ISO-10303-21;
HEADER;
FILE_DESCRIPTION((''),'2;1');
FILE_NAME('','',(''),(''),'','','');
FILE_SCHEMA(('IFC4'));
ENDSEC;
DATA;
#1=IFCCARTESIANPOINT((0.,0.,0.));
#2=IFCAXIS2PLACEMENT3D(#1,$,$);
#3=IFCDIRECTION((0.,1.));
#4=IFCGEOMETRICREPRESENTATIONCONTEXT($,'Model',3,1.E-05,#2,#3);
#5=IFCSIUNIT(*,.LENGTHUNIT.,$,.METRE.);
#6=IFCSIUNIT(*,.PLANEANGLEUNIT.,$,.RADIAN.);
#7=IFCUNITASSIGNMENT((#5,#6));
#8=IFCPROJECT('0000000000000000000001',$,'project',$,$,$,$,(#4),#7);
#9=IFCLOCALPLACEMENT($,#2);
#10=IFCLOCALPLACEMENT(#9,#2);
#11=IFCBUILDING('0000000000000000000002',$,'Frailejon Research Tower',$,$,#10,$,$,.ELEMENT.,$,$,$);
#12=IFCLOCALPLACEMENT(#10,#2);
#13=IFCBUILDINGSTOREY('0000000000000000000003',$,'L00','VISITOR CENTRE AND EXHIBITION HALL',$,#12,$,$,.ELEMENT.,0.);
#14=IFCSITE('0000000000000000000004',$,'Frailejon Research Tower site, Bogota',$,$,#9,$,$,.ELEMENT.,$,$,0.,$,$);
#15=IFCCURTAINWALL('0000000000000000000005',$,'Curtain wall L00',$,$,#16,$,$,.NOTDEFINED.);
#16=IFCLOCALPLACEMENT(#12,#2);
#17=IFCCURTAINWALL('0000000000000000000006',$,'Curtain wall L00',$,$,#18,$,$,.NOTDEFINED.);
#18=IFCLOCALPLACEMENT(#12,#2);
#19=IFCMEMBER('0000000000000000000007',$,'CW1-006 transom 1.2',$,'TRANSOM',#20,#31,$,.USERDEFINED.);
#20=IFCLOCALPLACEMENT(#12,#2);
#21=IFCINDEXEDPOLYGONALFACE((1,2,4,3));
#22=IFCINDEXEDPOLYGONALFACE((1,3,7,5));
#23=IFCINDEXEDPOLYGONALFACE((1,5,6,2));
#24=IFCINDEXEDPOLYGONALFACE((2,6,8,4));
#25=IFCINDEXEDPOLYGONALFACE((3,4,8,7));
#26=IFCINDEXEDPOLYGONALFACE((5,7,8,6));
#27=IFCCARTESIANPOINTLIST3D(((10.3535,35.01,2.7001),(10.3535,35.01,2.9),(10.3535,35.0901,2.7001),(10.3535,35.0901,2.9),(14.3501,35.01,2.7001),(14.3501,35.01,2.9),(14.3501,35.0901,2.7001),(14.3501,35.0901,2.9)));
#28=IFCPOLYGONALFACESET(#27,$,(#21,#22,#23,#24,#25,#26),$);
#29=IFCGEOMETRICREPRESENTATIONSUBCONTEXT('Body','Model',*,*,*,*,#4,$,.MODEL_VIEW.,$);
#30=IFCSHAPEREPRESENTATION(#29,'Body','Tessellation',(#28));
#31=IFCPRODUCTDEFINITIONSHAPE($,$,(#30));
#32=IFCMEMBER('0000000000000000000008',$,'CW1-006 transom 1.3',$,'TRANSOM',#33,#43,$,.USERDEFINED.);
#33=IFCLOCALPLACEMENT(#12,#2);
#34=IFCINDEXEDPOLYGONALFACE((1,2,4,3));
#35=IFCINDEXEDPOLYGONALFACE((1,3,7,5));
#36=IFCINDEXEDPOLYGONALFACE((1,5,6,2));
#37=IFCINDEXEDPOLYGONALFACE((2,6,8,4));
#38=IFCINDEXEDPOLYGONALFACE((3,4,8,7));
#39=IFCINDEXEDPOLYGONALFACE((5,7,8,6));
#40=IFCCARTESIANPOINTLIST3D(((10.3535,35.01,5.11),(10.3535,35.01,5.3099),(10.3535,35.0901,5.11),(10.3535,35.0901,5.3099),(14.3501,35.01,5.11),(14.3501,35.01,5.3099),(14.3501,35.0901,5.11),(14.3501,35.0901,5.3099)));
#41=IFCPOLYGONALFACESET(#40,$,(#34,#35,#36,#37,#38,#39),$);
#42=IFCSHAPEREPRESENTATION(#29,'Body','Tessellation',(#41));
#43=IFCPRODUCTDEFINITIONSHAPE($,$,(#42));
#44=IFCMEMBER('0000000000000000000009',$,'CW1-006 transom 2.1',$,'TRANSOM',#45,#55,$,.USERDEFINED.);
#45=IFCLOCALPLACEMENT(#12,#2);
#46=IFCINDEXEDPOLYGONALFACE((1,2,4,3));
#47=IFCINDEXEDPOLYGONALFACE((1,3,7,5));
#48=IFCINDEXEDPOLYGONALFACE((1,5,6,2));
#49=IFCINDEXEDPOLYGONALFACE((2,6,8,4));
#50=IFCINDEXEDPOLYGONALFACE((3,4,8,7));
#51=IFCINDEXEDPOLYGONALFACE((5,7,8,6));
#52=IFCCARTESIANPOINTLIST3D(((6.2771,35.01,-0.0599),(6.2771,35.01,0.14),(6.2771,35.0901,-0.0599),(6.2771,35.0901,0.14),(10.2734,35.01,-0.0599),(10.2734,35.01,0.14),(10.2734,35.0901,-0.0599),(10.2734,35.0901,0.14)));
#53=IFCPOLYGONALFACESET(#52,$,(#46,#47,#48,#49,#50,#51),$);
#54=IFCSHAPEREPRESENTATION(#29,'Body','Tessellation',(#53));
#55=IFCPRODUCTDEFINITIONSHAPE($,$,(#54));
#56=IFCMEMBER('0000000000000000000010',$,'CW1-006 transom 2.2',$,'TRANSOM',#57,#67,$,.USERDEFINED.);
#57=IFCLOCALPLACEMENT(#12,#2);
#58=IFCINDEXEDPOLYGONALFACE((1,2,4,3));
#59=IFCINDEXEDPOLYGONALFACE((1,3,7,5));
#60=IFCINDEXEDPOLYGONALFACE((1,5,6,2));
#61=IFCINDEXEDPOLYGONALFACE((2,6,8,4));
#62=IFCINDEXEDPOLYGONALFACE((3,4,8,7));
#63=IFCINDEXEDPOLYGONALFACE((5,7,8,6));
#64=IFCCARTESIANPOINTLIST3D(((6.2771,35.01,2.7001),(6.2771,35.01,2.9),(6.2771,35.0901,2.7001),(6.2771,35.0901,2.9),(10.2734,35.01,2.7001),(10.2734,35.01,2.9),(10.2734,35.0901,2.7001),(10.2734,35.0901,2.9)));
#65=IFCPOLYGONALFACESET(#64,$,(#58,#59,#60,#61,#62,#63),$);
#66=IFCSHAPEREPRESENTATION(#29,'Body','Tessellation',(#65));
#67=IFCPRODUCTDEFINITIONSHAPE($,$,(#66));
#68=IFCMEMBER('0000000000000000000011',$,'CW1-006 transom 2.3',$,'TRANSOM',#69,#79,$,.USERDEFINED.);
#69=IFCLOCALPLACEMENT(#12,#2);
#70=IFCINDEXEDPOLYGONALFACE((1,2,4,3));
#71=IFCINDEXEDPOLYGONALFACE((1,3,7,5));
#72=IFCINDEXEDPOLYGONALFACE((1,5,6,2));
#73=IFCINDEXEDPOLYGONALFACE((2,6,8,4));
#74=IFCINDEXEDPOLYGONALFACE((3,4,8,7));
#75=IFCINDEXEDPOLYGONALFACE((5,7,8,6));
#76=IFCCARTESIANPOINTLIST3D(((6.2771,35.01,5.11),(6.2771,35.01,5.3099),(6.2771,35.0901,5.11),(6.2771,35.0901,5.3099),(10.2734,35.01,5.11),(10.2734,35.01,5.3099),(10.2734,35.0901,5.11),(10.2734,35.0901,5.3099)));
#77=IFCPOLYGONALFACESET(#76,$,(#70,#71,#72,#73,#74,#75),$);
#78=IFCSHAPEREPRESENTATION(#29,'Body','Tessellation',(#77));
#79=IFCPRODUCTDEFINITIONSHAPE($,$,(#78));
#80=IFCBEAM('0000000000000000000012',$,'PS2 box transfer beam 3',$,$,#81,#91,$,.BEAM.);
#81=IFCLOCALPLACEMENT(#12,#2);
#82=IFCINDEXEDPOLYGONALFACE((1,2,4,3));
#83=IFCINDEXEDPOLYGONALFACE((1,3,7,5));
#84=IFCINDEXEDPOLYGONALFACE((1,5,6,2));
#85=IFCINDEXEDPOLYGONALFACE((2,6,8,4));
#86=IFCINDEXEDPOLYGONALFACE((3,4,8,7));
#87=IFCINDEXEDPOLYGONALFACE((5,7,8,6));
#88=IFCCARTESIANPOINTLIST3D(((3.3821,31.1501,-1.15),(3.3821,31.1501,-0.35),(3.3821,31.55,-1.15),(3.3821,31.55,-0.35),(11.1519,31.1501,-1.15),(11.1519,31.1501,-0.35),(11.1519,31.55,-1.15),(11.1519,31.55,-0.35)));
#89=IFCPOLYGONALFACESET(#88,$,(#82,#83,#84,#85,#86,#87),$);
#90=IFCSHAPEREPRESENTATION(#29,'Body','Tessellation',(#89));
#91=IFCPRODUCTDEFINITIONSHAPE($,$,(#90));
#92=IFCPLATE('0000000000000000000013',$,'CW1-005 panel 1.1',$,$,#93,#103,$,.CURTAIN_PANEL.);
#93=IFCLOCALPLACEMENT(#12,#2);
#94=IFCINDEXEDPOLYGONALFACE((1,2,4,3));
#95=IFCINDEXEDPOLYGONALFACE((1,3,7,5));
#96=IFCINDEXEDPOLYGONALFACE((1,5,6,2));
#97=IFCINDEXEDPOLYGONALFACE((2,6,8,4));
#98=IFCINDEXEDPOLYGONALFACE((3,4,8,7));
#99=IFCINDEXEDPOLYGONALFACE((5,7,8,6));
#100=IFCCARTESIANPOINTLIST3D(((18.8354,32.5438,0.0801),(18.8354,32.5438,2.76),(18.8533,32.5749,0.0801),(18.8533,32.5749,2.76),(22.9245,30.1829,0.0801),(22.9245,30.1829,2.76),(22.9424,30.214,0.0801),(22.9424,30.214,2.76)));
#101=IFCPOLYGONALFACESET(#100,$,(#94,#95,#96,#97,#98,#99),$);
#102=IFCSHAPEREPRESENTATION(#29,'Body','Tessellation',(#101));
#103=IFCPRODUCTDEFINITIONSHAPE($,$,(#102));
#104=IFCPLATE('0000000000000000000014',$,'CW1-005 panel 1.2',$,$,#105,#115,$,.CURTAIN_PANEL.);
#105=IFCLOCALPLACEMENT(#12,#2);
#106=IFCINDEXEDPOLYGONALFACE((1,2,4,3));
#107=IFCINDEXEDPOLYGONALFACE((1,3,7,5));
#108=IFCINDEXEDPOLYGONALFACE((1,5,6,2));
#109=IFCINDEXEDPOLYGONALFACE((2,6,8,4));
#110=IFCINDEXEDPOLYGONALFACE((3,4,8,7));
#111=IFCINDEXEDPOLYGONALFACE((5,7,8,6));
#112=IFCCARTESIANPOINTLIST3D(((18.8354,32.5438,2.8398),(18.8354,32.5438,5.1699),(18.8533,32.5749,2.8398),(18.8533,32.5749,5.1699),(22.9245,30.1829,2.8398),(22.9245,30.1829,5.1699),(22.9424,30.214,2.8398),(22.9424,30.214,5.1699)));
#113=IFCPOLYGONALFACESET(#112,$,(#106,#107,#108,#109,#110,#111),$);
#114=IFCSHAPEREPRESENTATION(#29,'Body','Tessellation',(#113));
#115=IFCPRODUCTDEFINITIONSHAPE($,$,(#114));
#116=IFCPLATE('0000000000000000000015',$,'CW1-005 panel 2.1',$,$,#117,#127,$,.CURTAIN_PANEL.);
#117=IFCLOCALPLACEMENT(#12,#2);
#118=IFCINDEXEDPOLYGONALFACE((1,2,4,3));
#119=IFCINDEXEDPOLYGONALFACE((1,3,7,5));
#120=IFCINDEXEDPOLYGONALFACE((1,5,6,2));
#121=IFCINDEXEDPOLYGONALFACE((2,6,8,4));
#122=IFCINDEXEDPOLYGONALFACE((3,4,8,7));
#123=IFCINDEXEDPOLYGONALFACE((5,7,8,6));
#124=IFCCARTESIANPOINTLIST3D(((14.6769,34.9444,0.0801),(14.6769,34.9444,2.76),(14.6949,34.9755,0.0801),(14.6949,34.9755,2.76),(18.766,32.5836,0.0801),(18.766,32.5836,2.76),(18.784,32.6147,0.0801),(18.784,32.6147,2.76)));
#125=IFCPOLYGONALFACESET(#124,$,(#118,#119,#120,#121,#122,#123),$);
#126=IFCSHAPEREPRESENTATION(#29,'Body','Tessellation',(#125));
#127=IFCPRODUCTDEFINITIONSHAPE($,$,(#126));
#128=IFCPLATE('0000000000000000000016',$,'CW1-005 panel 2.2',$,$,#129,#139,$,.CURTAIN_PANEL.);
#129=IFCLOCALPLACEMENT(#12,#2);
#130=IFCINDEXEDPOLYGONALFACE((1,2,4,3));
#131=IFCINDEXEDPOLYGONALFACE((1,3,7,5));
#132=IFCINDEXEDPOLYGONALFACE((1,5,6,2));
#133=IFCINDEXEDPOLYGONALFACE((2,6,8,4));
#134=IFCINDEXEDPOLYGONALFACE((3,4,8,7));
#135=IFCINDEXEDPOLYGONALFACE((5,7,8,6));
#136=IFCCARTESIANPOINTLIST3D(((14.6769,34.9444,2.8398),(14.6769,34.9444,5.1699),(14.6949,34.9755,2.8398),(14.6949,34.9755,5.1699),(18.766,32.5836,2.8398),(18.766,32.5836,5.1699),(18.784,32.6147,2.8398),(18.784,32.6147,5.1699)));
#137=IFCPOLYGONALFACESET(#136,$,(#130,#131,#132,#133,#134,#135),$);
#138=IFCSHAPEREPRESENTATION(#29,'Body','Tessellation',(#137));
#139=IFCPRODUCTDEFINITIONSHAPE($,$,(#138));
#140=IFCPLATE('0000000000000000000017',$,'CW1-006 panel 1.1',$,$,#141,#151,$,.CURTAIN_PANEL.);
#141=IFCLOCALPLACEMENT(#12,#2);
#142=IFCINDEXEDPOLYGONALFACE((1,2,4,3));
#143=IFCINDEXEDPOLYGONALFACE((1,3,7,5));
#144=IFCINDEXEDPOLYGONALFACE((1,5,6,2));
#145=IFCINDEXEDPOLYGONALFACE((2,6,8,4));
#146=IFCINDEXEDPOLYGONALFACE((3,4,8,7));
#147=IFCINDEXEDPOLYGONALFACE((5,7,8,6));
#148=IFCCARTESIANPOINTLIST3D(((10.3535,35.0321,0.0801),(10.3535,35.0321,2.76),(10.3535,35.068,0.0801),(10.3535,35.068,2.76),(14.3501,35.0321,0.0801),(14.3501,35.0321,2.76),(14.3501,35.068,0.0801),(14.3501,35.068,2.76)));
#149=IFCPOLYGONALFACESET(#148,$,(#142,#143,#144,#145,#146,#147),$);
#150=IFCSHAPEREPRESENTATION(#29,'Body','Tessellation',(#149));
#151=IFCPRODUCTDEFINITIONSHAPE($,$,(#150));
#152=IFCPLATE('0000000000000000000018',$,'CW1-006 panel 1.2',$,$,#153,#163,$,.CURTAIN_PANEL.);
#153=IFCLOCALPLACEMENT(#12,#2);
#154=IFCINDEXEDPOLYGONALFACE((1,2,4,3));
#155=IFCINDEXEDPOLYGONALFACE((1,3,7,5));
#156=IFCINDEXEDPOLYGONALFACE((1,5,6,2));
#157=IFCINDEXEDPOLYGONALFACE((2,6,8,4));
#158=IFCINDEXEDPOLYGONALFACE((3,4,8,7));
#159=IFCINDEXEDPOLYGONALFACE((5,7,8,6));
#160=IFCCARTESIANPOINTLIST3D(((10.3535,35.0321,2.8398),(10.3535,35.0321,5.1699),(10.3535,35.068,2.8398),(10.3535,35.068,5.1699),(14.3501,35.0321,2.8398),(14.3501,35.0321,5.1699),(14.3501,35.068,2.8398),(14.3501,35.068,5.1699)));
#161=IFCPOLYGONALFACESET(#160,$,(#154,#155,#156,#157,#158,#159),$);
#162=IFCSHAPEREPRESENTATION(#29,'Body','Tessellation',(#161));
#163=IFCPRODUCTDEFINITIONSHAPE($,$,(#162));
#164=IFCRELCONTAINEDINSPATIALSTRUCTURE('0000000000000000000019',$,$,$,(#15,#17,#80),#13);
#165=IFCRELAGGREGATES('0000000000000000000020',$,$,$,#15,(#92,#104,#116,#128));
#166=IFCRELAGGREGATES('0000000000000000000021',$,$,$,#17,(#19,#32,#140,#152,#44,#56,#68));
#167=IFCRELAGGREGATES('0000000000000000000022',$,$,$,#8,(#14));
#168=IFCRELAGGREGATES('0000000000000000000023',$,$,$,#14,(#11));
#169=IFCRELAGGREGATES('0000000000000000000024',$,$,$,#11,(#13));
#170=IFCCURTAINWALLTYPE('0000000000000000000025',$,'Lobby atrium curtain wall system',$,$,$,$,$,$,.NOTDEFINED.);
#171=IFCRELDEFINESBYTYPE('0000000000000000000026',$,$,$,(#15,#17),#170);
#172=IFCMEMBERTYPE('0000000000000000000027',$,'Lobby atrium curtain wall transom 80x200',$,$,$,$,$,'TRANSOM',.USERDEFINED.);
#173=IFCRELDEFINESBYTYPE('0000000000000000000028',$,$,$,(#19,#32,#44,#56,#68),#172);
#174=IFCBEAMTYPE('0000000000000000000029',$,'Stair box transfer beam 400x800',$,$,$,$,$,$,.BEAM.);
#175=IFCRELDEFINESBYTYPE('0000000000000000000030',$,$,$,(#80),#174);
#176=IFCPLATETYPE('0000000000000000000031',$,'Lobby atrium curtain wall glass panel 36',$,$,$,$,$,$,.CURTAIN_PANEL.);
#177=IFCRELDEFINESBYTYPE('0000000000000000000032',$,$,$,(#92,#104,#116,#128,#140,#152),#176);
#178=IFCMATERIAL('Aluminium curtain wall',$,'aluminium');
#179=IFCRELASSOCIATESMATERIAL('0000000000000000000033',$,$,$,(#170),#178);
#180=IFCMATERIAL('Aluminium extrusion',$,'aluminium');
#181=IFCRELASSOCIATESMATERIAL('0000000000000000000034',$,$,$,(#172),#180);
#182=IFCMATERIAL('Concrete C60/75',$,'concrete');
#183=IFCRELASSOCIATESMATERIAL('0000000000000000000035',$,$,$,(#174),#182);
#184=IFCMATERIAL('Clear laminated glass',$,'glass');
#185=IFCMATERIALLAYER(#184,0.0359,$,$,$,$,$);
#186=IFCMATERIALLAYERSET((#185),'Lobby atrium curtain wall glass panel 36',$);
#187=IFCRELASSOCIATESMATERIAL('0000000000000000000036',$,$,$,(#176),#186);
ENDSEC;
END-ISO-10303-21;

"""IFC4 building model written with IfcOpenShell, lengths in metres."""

from ifc_helpers import new_model, si_unit, direction, frame, origin, origin_2d, place, context, subcontext, project, spatial, rectangle, extrude, material, layer, layer_set, material_profile, profile_set, type_object, element, aggregate, save


model = new_model("IFC4")

# Units and contexts
model_context = context("Model", 3, precision=1e-05, world=origin(), true_north=direction((0.0, 1.0)))
body_context = subcontext(model_context, "Body", "Model", "MODEL_VIEW")
ifc_project = project(units=[si_unit("LENGTHUNIT", "METRE"), si_unit("PLANEANGLEUNIT", "RADIAN")], contexts=[model_context])

# Site, building, storey
site_placement = place(None, origin())
site = spatial("IfcSite", under=ifc_project, at=site_placement, Name="Frailejon Research Tower site, Bogota", CompositionType="ELEMENT", RefElevation=0.0)
building_placement = place(site_placement, origin())
building = spatial("IfcBuilding", under=site, at=building_placement, Name="Frailejon Research Tower", CompositionType="ELEMENT")
storey_placement = place(building_placement, origin())
storey = spatial("IfcBuildingStorey", under=building, at=storey_placement, Name="L00", Description="VISITOR CENTRE AND EXHIBITION HALL", CompositionType="ELEMENT", Elevation=0.0)

# Curtain walls
ifc_material_1 = material(Name="Aluminium curtain wall", Category="aluminium")
curtain_wall_type = type_object("IfcCurtainWallType", Name="Lobby atrium curtain wall system", PredefinedType="NOTDEFINED", material=ifc_material_1)
curtain_wall_1_placement = place(storey_placement, origin())
curtain_wall_1 = element("IfcCurtainWall", 1, at=curtain_wall_1_placement, inside=storey, type_object=curtain_wall_type, Name="Curtain wall L00", PredefinedType="NOTDEFINED")
curtain_wall_2_placement = place(storey_placement, origin())
curtain_wall_2 = element("IfcCurtainWall", 2, at=curtain_wall_2_placement, inside=storey, type_object=curtain_wall_type, Name="Curtain wall L00", PredefinedType="NOTDEFINED")

# Members
ifc_material_2 = material(Name="Aluminium extrusion", Category="aluminium")
ifc_material_profile_1 = material_profile(ifc_material_2, rectangle(XDim=0.0801, YDim=0.2, at=origin_2d()), Name="Lobby atrium curtain wall transom 80x200")
ifc_profile_set_1 = profile_set([ifc_material_profile_1], Name="Aluminium extrusion")
member_type_1 = type_object("IfcMemberType", Name="Lobby atrium curtain wall transom 80x200", ElementType="TRANSOM", PredefinedType="USERDEFINED", material=ifc_profile_set_1)
member_1_placement = place(storey_placement, frame((14.3501, 35.05, 2.8), z_axis=(-1.0, 0.0, 0.0), x_axis=(0.0, -1.0, 0.0)))
member_1 = element("IfcMember", 3, at=member_1_placement, type_object=member_type_1, Name="CW1-006 transom 1.2", ObjectType="TRANSOM", PredefinedType="USERDEFINED", context=body_context, shape_type="SweptSolid", body=[
    extrude(rectangle(XDim=0.0801, YDim=0.2, at=origin_2d()), origin(), (0.0, 0.0, 1.0), 3.9966),
])
member_2_placement = place(storey_placement, frame((14.3501, 35.05, 5.21), z_axis=(-1.0, 0.0, 0.0), x_axis=(0.0, -1.0, 0.0)))
member_2 = element("IfcMember", 4, at=member_2_placement, type_object=member_type_1, Name="CW1-006 transom 1.3", ObjectType="TRANSOM", PredefinedType="USERDEFINED", context=body_context, shape_type="SweptSolid", body=[
    extrude(rectangle(XDim=0.0801, YDim=0.2, at=origin_2d()), origin(), (0.0, 0.0, 1.0), 3.9966),
])
member_3_placement = place(storey_placement, frame((10.2734, 35.05, 0.04), z_axis=(-1.0, 0.0, 0.0), x_axis=(0.0, -1.0, 0.0)))
member_3 = element("IfcMember", 5, at=member_3_placement, type_object=member_type_1, Name="CW1-006 transom 2.1", ObjectType="TRANSOM", PredefinedType="USERDEFINED", context=body_context, shape_type="SweptSolid", body=[
    extrude(rectangle(XDim=0.0801, YDim=0.2, at=origin_2d()), origin(), (0.0, 0.0, 1.0), 3.9963),
])
member_4_placement = place(storey_placement, frame((10.2734, 35.05, 2.8), z_axis=(-1.0, 0.0, 0.0), x_axis=(0.0, -1.0, 0.0)))
member_4 = element("IfcMember", 6, at=member_4_placement, type_object=member_type_1, Name="CW1-006 transom 2.2", ObjectType="TRANSOM", PredefinedType="USERDEFINED", context=body_context, shape_type="SweptSolid", body=[
    extrude(rectangle(XDim=0.0801, YDim=0.2, at=origin_2d()), origin(), (0.0, 0.0, 1.0), 3.9963),
])
member_5_placement = place(storey_placement, frame((10.2734, 35.05, 5.21), z_axis=(-1.0, 0.0, 0.0), x_axis=(0.0, -1.0, 0.0)))
member_5 = element("IfcMember", 7, at=member_5_placement, type_object=member_type_1, Name="CW1-006 transom 2.3", ObjectType="TRANSOM", PredefinedType="USERDEFINED", context=body_context, shape_type="SweptSolid", body=[
    extrude(rectangle(XDim=0.0801, YDim=0.2, at=origin_2d()), origin(), (0.0, 0.0, 1.0), 3.9963),
])

# Beam
ifc_material_3 = material(Name="Concrete C60/75", Category="concrete")
ifc_material_profile_2 = material_profile(ifc_material_3, rectangle(XDim=0.3999, YDim=0.8, at=origin_2d()), Name="Stair box transfer beam 400x800")
ifc_profile_set_2 = profile_set([ifc_material_profile_2], Name="Concrete C60/75")
beam_type = type_object("IfcBeamType", Name="Stair box transfer beam 400x800", PredefinedType="BEAM", material=ifc_profile_set_2)
beam_placement = place(storey_placement, frame((11.1519, 31.3501, -0.75), z_axis=(-1.0, 0.0, 0.0), x_axis=(0.0, -1.0, 0.0)))
element("IfcBeam", 8, at=beam_placement, inside=storey, type_object=beam_type, Name="PS2 box transfer beam 3", PredefinedType="BEAM", context=body_context, shape_type="SweptSolid", body=[
    extrude(rectangle(XDim=0.3999, YDim=0.8, at=origin_2d()), origin(), (0.0, 0.0, 1.0), 7.7698),
])

# Plates
ifc_material_4 = material(Name="Clear laminated glass", Category="glass")
ifc_layer = layer(ifc_material_4, 0.0359)
ifc_layer_set = layer_set([ifc_layer], Name="Lobby atrium curtain wall glass panel 36")
plate_type = type_object("IfcPlateType", Name="Lobby atrium curtain wall glass panel 36", PredefinedType="CURTAIN_PANEL", material=ifc_layer_set)
plate_1_placement = place(storey_placement, frame((20.8889, 31.3789, 0.0801), z_axis=(0.0, 0.0, 1.0), x_axis=(-0.866025, 0.5, 0.0)))
plate_1 = element("IfcPlate", 9, at=plate_1_placement, type_object=plate_type, Name="CW1-005 panel 1.1", PredefinedType="CURTAIN_PANEL", context=body_context, shape_type="SweptSolid", body=[
    extrude(rectangle(XDim=4.7217, YDim=0.0359, at=origin_2d()), origin(), (0.0, 0.0, 1.0), 2.6799),
])
plate_2_placement = place(storey_placement, frame((20.8889, 31.3789, 2.8398), z_axis=(0.0, 0.0, 1.0), x_axis=(-0.866025, 0.5, 0.0)))
plate_2 = element("IfcPlate", 10, at=plate_2_placement, type_object=plate_type, Name="CW1-005 panel 1.2", PredefinedType="CURTAIN_PANEL", context=body_context, shape_type="SweptSolid", body=[
    extrude(rectangle(XDim=4.7217, YDim=0.0359, at=origin_2d()), origin(), (0.0, 0.0, 1.0), 2.3301),
])
plate_3_placement = place(storey_placement, frame((16.7305, 33.7795, 0.0801), z_axis=(0.0, 0.0, 1.0), x_axis=(-0.866025, 0.5, 0.0)))
plate_3 = element("IfcPlate", 11, at=plate_3_placement, type_object=plate_type, Name="CW1-005 panel 2.1", PredefinedType="CURTAIN_PANEL", context=body_context, shape_type="SweptSolid", body=[
    extrude(rectangle(XDim=4.7217, YDim=0.0359, at=origin_2d()), origin(), (0.0, 0.0, 1.0), 2.6799),
])
plate_4_placement = place(storey_placement, frame((16.7305, 33.7795, 2.8398), z_axis=(0.0, 0.0, 1.0), x_axis=(-0.866025, 0.5, 0.0)))
plate_4 = element("IfcPlate", 12, at=plate_4_placement, type_object=plate_type, Name="CW1-005 panel 2.2", PredefinedType="CURTAIN_PANEL", context=body_context, shape_type="SweptSolid", body=[
    extrude(rectangle(XDim=4.7217, YDim=0.0359, at=origin_2d()), origin(), (0.0, 0.0, 1.0), 2.3301),
])
aggregate(curtain_wall_1, [plate_1, plate_2, plate_3, plate_4])
plate_5_placement = place(storey_placement, frame((12.3518, 35.05, 0.0801), z_axis=(0.0, 0.0, 1.0), x_axis=(-1.0, 0.0, 0.0)))
plate_5 = element("IfcPlate", 13, at=plate_5_placement, type_object=plate_type, Name="CW1-006 panel 1.1", PredefinedType="CURTAIN_PANEL", context=body_context, shape_type="SweptSolid", body=[
    extrude(rectangle(XDim=3.9966, YDim=0.0359, at=origin_2d()), origin(), (0.0, 0.0, 1.0), 2.6799),
])
plate_6_placement = place(storey_placement, frame((12.3518, 35.05, 2.8398), z_axis=(0.0, 0.0, 1.0), x_axis=(-1.0, 0.0, 0.0)))
plate_6 = element("IfcPlate", 14, at=plate_6_placement, type_object=plate_type, Name="CW1-006 panel 1.2", PredefinedType="CURTAIN_PANEL", context=body_context, shape_type="SweptSolid", body=[
    extrude(rectangle(XDim=3.9966, YDim=0.0359, at=origin_2d()), origin(), (0.0, 0.0, 1.0), 2.3301),
])
aggregate(curtain_wall_2, [member_1, member_2, plate_5, plate_6, member_3, member_4, member_5])

save(model, "model.ifc")
